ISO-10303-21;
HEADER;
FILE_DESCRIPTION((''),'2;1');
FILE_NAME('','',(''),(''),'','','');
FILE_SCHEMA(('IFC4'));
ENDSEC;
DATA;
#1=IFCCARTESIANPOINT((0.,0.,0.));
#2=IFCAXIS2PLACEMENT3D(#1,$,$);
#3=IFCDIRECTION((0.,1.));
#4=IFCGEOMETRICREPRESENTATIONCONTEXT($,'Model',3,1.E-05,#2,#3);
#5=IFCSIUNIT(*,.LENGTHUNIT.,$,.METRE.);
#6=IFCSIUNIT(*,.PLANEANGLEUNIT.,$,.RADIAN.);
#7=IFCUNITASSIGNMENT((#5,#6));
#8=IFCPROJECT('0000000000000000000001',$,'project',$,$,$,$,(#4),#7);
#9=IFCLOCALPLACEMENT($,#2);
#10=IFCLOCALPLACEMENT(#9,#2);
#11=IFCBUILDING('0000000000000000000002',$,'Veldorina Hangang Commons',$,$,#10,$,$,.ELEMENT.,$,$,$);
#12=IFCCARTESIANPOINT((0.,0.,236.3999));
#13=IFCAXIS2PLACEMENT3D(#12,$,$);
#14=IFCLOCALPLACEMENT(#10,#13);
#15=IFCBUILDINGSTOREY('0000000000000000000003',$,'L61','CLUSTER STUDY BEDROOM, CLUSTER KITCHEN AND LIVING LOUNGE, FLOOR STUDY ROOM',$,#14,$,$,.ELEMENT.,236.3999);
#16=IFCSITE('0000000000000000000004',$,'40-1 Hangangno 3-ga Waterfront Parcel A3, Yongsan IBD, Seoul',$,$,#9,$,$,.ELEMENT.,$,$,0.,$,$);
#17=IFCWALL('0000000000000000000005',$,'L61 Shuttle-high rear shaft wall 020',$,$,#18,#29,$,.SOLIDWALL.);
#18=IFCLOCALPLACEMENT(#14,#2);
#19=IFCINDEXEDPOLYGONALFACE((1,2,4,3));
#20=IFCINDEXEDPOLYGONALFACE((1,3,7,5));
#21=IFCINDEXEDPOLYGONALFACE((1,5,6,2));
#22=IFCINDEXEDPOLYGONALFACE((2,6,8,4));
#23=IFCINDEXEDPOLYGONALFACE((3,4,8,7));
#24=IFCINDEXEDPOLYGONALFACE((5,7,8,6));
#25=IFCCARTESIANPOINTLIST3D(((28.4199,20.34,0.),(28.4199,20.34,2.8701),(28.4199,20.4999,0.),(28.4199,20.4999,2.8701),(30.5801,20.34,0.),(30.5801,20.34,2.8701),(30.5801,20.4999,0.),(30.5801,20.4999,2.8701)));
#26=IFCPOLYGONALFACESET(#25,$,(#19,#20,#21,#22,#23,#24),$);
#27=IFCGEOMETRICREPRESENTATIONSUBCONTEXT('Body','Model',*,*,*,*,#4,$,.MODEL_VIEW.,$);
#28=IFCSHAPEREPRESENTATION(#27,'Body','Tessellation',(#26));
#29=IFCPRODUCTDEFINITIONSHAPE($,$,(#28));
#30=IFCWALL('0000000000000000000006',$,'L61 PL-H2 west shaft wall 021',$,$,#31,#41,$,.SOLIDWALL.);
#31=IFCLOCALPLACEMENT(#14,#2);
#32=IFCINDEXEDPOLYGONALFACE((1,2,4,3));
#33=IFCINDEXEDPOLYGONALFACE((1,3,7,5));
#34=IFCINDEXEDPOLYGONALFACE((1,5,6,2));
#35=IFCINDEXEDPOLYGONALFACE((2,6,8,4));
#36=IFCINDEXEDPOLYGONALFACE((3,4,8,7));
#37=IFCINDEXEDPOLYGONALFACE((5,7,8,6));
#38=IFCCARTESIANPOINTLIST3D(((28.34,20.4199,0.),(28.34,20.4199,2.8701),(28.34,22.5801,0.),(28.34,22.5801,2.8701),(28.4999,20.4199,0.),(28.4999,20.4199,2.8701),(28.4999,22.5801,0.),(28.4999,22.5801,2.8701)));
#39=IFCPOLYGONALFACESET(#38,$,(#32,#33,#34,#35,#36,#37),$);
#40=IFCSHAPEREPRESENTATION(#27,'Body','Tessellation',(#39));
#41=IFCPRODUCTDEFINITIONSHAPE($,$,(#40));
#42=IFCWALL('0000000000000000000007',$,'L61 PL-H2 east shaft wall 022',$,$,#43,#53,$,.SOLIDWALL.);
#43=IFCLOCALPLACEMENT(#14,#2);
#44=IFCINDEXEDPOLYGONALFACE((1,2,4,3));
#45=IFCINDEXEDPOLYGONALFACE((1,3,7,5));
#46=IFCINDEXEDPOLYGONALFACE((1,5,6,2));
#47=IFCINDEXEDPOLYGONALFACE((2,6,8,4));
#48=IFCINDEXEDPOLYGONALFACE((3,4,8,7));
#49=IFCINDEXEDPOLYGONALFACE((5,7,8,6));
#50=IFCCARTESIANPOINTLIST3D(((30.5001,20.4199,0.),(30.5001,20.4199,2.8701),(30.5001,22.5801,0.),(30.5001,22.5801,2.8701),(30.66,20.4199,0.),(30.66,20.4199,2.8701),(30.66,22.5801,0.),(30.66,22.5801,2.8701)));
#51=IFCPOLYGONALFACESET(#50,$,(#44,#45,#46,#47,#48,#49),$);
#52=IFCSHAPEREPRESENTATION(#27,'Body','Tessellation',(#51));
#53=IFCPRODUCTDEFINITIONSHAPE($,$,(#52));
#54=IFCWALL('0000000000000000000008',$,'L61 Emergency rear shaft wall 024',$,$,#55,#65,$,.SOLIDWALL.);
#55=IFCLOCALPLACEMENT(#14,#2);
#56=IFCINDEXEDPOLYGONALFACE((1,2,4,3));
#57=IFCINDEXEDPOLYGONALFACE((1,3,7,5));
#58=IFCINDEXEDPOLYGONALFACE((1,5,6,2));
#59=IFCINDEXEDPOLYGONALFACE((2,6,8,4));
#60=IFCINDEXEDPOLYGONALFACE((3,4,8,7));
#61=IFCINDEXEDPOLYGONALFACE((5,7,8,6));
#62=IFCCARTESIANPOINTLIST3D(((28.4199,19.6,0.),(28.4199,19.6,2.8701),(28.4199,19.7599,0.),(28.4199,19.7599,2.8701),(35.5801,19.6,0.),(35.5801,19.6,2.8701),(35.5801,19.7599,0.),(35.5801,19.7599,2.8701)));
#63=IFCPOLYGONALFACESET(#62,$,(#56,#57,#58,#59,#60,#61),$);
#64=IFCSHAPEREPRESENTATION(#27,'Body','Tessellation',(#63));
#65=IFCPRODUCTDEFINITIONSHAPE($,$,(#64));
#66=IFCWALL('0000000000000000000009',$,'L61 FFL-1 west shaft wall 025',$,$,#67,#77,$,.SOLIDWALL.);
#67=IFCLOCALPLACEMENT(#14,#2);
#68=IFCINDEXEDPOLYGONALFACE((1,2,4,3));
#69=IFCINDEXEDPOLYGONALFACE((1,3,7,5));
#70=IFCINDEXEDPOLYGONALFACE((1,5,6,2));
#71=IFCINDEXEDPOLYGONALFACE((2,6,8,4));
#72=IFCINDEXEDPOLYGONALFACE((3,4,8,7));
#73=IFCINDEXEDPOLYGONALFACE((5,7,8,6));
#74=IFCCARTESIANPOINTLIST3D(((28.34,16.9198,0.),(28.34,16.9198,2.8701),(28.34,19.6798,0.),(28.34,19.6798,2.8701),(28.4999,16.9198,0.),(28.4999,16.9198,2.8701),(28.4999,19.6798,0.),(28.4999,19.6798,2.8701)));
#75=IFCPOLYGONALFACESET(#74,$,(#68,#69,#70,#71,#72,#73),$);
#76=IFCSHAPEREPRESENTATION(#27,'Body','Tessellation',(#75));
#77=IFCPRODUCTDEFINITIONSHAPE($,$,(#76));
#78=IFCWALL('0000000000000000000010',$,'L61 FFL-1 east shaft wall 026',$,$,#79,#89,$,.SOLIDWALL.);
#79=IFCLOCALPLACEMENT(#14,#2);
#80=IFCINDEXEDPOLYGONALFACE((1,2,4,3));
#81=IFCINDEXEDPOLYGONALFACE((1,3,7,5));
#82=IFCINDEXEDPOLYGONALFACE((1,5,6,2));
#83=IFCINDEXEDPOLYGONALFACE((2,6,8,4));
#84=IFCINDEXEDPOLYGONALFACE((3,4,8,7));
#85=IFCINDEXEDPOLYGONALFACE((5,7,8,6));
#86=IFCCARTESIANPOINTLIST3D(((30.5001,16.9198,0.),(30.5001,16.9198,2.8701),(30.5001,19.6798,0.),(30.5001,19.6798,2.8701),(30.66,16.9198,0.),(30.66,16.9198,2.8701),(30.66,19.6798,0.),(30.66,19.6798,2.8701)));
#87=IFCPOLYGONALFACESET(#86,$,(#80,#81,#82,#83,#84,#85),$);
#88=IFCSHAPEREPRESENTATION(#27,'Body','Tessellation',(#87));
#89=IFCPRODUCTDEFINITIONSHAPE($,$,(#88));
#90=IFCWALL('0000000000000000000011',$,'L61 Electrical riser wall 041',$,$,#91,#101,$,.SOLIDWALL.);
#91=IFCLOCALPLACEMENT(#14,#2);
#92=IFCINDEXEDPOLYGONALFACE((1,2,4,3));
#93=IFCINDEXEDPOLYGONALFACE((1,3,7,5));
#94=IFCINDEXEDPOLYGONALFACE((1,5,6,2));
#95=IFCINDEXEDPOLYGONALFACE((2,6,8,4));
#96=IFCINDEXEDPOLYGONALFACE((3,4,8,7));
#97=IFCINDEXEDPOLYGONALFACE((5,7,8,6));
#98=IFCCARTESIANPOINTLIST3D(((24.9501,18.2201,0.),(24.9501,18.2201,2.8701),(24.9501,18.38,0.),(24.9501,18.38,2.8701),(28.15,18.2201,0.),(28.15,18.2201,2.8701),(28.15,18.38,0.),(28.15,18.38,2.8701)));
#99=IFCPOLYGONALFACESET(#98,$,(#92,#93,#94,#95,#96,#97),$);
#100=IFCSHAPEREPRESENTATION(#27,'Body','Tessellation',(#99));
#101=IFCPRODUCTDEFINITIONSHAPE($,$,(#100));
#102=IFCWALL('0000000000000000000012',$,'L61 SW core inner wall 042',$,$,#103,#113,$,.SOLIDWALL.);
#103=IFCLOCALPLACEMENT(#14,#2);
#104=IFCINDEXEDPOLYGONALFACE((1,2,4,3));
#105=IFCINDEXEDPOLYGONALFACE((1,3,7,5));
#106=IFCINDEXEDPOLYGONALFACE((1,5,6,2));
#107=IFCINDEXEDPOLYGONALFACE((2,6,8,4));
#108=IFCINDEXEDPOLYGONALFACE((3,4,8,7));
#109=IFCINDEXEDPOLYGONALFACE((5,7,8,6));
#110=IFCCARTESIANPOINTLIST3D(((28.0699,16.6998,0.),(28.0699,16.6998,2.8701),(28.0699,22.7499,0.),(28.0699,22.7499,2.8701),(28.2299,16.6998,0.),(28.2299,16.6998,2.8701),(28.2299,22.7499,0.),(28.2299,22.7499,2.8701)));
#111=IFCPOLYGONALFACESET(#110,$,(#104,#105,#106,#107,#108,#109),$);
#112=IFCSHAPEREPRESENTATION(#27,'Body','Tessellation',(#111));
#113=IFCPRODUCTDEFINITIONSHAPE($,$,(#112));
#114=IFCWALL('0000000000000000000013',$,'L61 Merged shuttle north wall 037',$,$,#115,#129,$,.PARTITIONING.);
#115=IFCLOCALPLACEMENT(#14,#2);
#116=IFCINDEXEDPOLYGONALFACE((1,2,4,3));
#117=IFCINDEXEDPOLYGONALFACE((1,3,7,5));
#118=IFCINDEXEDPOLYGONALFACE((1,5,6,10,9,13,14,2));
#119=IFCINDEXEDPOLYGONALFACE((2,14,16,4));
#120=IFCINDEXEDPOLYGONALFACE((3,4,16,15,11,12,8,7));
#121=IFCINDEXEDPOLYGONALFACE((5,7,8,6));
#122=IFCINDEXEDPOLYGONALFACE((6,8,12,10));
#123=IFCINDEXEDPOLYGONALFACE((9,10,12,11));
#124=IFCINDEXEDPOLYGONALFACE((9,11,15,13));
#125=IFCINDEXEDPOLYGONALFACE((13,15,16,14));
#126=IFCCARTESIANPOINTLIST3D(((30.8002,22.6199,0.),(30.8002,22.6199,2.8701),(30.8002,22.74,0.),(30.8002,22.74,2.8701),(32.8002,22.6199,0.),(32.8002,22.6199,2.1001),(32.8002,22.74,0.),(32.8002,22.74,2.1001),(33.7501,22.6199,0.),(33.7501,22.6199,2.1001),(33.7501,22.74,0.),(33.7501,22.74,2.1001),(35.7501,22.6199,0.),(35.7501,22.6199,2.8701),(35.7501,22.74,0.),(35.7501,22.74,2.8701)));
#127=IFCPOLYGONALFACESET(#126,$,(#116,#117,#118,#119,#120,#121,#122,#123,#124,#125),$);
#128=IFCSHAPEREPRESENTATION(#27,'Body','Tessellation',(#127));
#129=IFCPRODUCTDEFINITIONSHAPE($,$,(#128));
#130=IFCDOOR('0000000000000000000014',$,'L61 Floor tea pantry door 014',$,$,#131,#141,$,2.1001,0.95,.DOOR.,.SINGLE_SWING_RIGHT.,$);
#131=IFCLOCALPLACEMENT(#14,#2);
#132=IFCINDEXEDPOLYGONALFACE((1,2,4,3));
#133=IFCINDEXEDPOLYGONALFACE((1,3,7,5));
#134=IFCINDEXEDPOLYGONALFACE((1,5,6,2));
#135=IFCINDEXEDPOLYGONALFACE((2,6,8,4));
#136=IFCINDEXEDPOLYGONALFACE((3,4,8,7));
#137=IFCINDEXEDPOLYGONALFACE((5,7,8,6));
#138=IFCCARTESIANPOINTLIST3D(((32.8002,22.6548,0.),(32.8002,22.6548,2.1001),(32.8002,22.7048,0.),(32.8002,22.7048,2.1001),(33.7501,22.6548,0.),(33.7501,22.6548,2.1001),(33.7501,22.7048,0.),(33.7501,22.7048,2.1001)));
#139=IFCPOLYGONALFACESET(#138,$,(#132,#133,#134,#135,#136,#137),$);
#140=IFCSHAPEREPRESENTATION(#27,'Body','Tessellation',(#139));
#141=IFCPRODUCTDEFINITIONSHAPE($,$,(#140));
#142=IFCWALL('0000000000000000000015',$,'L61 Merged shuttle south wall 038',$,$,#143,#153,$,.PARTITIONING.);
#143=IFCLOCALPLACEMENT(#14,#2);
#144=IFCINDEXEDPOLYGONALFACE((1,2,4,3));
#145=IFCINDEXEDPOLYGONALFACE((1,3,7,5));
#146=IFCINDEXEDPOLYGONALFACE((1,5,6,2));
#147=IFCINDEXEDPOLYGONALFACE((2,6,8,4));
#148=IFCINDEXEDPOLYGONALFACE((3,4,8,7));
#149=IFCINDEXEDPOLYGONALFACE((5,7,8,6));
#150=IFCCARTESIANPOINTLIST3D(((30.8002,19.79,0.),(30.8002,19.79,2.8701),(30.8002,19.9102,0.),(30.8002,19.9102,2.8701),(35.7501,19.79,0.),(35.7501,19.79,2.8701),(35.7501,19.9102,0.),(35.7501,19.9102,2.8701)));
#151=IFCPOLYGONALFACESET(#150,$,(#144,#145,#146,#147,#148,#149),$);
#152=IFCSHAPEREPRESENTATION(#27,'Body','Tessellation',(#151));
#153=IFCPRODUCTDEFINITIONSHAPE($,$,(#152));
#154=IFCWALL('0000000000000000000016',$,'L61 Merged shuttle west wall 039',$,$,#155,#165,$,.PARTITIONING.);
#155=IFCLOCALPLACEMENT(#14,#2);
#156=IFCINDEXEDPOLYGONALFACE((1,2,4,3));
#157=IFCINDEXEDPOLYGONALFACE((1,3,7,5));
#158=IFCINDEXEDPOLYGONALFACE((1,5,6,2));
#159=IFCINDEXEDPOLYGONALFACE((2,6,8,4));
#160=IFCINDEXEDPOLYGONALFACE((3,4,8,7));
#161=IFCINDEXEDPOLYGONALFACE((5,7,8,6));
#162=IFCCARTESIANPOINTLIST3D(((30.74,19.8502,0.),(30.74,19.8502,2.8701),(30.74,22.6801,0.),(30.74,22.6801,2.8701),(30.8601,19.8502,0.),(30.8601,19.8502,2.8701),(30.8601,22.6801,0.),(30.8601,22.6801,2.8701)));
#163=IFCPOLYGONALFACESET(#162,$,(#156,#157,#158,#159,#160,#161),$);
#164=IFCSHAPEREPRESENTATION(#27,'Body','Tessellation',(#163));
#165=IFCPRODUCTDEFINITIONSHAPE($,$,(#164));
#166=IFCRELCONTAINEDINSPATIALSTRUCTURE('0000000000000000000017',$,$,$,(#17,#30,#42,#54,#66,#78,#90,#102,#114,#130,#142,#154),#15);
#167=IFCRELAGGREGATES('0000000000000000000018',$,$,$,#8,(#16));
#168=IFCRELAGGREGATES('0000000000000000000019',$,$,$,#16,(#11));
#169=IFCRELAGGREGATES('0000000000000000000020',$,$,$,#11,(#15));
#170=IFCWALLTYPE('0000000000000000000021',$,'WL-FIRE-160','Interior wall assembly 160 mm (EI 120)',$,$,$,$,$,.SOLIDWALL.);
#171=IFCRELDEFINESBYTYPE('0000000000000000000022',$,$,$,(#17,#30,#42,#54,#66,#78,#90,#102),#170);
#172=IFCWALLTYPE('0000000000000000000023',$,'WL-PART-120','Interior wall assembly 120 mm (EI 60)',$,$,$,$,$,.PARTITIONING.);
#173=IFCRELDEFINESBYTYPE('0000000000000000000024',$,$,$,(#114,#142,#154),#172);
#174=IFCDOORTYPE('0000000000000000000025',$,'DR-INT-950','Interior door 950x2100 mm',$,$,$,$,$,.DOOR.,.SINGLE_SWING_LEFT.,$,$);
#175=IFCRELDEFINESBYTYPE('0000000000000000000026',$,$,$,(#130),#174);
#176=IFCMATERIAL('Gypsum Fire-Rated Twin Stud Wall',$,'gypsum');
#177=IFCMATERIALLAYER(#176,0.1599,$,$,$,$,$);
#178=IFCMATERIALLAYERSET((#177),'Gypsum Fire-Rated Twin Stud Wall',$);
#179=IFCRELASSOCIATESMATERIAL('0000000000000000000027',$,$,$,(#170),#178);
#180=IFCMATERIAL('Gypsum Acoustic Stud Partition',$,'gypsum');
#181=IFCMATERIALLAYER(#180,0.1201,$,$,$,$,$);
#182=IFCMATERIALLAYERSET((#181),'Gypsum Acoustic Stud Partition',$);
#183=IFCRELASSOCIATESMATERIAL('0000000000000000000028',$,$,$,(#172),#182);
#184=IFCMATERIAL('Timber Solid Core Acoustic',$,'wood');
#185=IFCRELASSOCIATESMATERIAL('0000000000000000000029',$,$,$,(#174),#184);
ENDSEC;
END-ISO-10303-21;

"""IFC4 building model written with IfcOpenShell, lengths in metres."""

from ifc_helpers import new_model, si_unit, direction, frame, frame_2d, origin, place, context, subcontext, project, spatial, rectangle, extrude, material, layer, layer_set, type_object, element, fill, save


model = new_model("IFC4")

# Units and contexts
model_context = context("Model", 3, precision=1e-05, world=origin(), true_north=direction((0.0, 1.0)))
body_context = subcontext(model_context, "Body", "Model", "MODEL_VIEW")
ifc_project = project(units=[si_unit("LENGTHUNIT", "METRE"), si_unit("PLANEANGLEUNIT", "RADIAN")], contexts=[model_context])

# Site, building, storey
site_placement = place(None, origin())
site = spatial("IfcSite", under=ifc_project, at=site_placement, Name="40-1 Hangangno 3-ga Waterfront Parcel A3, Yongsan IBD, Seoul", CompositionType="ELEMENT", RefElevation=0.0)
building_placement = place(site_placement, origin())
building = spatial("IfcBuilding", under=site, at=building_placement, Name="Veldorina Hangang Commons", CompositionType="ELEMENT")
storey_placement = place(building_placement, frame((0.0, 0.0, 236.3999)))
storey = spatial("IfcBuildingStorey", under=building, at=storey_placement, Name="L61", Description="CLUSTER STUDY BEDROOM, CLUSTER KITCHEN AND LIVING LOUNGE, FLOOR STUDY ROOM", CompositionType="ELEMENT", Elevation=236.3999)

# Shared definitions
ifc_material_1 = material(Name="Gypsum Fire-Rated Twin Stud Wall", Category="gypsum")
ifc_layer_1 = layer(ifc_material_1, 0.1599)
ifc_layer_set_1 = layer_set([ifc_layer_1], Name="Gypsum Fire-Rated Twin Stud Wall")
wall_type_1 = type_object("IfcWallType", Name="WL-FIRE-160", Description="Interior wall assembly 160 mm (EI 120)", PredefinedType="SOLIDWALL", material=ifc_layer_set_1)

# Walls
for number, where, z_axis, x_axis, name in (
    (1, (28.4199, 20.4199, 0.0), (0.0, 0.0, 1.0), (1.0, 0.0, 0.0), "L61 Shuttle-high rear shaft wall 020"),
    (2, (28.4199, 20.4199, 0.0), (0.0, 0.0, 1.0), (0.0, 1.0, 0.0), "L61 PL-H2 west shaft wall 021"),
    (3, (30.5801, 20.4199, 0.0), (0.0, 0.0, 1.0), (0.0, 1.0, 0.0), "L61 PL-H2 east shaft wall 022"),
):
    element("IfcWall", number, at=place(storey_placement, frame(where, z_axis=z_axis, x_axis=x_axis)), inside=storey, type_object=wall_type_1, Name=name, PredefinedType="SOLIDWALL", context=body_context, shape_type="SweptSolid", body=[
        extrude(rectangle(XDim=2.1602, YDim=0.1599, at=frame_2d((1.0801, 0.0))), origin(), (0.0, 0.0, 1.0), 2.8701),
    ])

# Walls
wall_1_placement = place(storey_placement, frame((28.4199, 19.6799, 0.0), z_axis=(0.0, 0.0, 1.0), x_axis=(1.0, 0.0, 0.0)))
element("IfcWall", 4, at=wall_1_placement, inside=storey, type_object=wall_type_1, Name="L61 Emergency rear shaft wall 024", PredefinedType="SOLIDWALL", context=body_context, shape_type="SweptSolid", body=[
    extrude(rectangle(XDim=7.1602, YDim=0.1599, at=frame_2d((3.5801, 0.0))), origin(), (0.0, 0.0, 1.0), 2.8701),
])
for number, where, z_axis, x_axis, name in (
    (5, (28.4199, 16.9199, 0.0), (0.0, 0.0, 1.0), (0.0, 1.0, 0.0), "L61 FFL-1 west shaft wall 025"),
    (6, (30.5801, 16.9199, 0.0), (0.0, 0.0, 1.0), (0.0, 1.0, 0.0), "L61 FFL-1 east shaft wall 026"),
):
    element("IfcWall", number, at=place(storey_placement, frame(where, z_axis=z_axis, x_axis=x_axis)), inside=storey, type_object=wall_type_1, Name=name, PredefinedType="SOLIDWALL", context=body_context, shape_type="SweptSolid", body=[
        extrude(rectangle(XDim=2.76, YDim=0.1599, at=frame_2d((1.3799, 0.0))), origin(), (0.0, 0.0, 1.0), 2.8701),
    ])
wall_2_placement = place(storey_placement, frame((24.95, 18.3, 0.0), z_axis=(0.0, 0.0, 1.0), x_axis=(1.0, 0.0, 0.0)))
element("IfcWall", 7, at=wall_2_placement, inside=storey, type_object=wall_type_1, Name="L61 Electrical riser wall 041", PredefinedType="SOLIDWALL", context=body_context, shape_type="SweptSolid", body=[
    extrude(rectangle(XDim=3.2, YDim=0.1599, at=frame_2d((1.6001, 0.0))), origin(), (0.0, 0.0, 1.0), 2.8701),
])
wall_3_placement = place(storey_placement, frame((28.1499, 16.7, 0.0), z_axis=(0.0, 0.0, 1.0), x_axis=(0.0, 1.0, 0.0)))
element("IfcWall", 8, at=wall_3_placement, inside=storey, type_object=wall_type_1, Name="L61 SW core inner wall 042", PredefinedType="SOLIDWALL", context=body_context, shape_type="SweptSolid", body=[
    extrude(rectangle(XDim=6.05, YDim=0.1599, at=frame_2d((3.0249, 0.0))), origin(), (0.0, 0.0, 1.0), 2.8701),
])

# Wall, opening, door
ifc_material_2 = material(Name="Gypsum Acoustic Stud Partition", Category="gypsum")
ifc_layer_2 = layer(ifc_material_2, 0.1201)
ifc_layer_set_2 = layer_set([ifc_layer_2], Name="Gypsum Acoustic Stud Partition")
wall_type_2 = type_object("IfcWallType", Name="WL-PART-120", Description="Interior wall assembly 120 mm (EI 60)", PredefinedType="PARTITIONING", material=ifc_layer_set_2)
wall_4_placement = place(storey_placement, frame((30.8, 22.6799, 0.0), z_axis=(0.0, 0.0, 1.0), x_axis=(1.0, 0.0, 0.0)))
wall_4 = element("IfcWall", 9, at=wall_4_placement, inside=storey, type_object=wall_type_2, Name="L61 Merged shuttle north wall 037", PredefinedType="PARTITIONING", context=body_context, shape_type="SweptSolid", body=[
    extrude(rectangle(XDim=4.95, YDim=0.1201, at=frame_2d((2.4751, 0.0))), origin(), (0.0, 0.0, 1.0), 2.8701),
])
opening_1_placement = place(wall_4_placement, frame((2.0, 0.0, 0.0)))
opening_1 = element("IfcOpeningElement", 10, at=opening_1_placement, cuts=wall_4, PredefinedType="OPENING", context=body_context, shape_type="SweptSolid", body=[
    extrude(rectangle(XDim=0.95, YDim=2.1001, at=frame_2d((0.4751, 1.05))), frame((0.0, 0.0701, 0.0), z_axis=(0.0, -1.0, 0.0), x_axis=(1.0, 0.0, 0.0)), (0.0, 0.0, 1.0), 0.1401),
])
ifc_material_3 = material(Name="Timber Solid Core Acoustic", Category="wood")
door_type_1 = type_object("IfcDoorType", Name="DR-INT-950", Description="Interior door 950x2100 mm", OperationType="SINGLE_SWING_LEFT", PredefinedType="DOOR", material=ifc_material_3)
door_1_placement = place(opening_1_placement, origin())
door_1 = element("IfcDoor", 11, at=door_1_placement, inside=storey, type_object=door_type_1, Name="L61 Floor tea pantry door 014", OperationType="SINGLE_SWING_RIGHT", OverallHeight=2.1001, OverallWidth=0.95, PredefinedType="DOOR", context=body_context, shape_type="SweptSolid", body=[
    extrude(rectangle(XDim=0.95, YDim=2.1001, at=frame_2d((0.4751, 1.05))), frame((0.0, 0.0249, 0.0), z_axis=(0.0, -1.0, 0.0), x_axis=(1.0, 0.0, 0.0)), (0.0, 0.0, 1.0), 0.05),
])
fill(opening_1, door_1)

# Walls
wall_5_placement = place(storey_placement, frame((30.8, 19.8501, 0.0), z_axis=(0.0, 0.0, 1.0), x_axis=(1.0, 0.0, 0.0)))
element("IfcWall", 12, at=wall_5_placement, inside=storey, type_object=wall_type_2, Name="L61 Merged shuttle south wall 038", PredefinedType="PARTITIONING", context=body_context, shape_type="SweptSolid", body=[
    extrude(rectangle(XDim=4.95, YDim=0.1201, at=frame_2d((2.4751, 0.0))), origin(), (0.0, 0.0, 1.0), 2.8701),
])
wall_6_placement = place(storey_placement, frame((30.8, 19.8501, 0.0), z_axis=(0.0, 0.0, 1.0), x_axis=(0.0, 1.0, 0.0)))
element("IfcWall", 13, at=wall_6_placement, inside=storey, type_object=wall_type_2, Name="L61 Merged shuttle west wall 039", PredefinedType="PARTITIONING", context=body_context, shape_type="SweptSolid", body=[
    extrude(rectangle(XDim=2.8298, YDim=0.1201, at=frame_2d((1.415, 0.0))), origin(), (0.0, 0.0, 1.0), 2.8701),
])

save(model, "model.ifc")
